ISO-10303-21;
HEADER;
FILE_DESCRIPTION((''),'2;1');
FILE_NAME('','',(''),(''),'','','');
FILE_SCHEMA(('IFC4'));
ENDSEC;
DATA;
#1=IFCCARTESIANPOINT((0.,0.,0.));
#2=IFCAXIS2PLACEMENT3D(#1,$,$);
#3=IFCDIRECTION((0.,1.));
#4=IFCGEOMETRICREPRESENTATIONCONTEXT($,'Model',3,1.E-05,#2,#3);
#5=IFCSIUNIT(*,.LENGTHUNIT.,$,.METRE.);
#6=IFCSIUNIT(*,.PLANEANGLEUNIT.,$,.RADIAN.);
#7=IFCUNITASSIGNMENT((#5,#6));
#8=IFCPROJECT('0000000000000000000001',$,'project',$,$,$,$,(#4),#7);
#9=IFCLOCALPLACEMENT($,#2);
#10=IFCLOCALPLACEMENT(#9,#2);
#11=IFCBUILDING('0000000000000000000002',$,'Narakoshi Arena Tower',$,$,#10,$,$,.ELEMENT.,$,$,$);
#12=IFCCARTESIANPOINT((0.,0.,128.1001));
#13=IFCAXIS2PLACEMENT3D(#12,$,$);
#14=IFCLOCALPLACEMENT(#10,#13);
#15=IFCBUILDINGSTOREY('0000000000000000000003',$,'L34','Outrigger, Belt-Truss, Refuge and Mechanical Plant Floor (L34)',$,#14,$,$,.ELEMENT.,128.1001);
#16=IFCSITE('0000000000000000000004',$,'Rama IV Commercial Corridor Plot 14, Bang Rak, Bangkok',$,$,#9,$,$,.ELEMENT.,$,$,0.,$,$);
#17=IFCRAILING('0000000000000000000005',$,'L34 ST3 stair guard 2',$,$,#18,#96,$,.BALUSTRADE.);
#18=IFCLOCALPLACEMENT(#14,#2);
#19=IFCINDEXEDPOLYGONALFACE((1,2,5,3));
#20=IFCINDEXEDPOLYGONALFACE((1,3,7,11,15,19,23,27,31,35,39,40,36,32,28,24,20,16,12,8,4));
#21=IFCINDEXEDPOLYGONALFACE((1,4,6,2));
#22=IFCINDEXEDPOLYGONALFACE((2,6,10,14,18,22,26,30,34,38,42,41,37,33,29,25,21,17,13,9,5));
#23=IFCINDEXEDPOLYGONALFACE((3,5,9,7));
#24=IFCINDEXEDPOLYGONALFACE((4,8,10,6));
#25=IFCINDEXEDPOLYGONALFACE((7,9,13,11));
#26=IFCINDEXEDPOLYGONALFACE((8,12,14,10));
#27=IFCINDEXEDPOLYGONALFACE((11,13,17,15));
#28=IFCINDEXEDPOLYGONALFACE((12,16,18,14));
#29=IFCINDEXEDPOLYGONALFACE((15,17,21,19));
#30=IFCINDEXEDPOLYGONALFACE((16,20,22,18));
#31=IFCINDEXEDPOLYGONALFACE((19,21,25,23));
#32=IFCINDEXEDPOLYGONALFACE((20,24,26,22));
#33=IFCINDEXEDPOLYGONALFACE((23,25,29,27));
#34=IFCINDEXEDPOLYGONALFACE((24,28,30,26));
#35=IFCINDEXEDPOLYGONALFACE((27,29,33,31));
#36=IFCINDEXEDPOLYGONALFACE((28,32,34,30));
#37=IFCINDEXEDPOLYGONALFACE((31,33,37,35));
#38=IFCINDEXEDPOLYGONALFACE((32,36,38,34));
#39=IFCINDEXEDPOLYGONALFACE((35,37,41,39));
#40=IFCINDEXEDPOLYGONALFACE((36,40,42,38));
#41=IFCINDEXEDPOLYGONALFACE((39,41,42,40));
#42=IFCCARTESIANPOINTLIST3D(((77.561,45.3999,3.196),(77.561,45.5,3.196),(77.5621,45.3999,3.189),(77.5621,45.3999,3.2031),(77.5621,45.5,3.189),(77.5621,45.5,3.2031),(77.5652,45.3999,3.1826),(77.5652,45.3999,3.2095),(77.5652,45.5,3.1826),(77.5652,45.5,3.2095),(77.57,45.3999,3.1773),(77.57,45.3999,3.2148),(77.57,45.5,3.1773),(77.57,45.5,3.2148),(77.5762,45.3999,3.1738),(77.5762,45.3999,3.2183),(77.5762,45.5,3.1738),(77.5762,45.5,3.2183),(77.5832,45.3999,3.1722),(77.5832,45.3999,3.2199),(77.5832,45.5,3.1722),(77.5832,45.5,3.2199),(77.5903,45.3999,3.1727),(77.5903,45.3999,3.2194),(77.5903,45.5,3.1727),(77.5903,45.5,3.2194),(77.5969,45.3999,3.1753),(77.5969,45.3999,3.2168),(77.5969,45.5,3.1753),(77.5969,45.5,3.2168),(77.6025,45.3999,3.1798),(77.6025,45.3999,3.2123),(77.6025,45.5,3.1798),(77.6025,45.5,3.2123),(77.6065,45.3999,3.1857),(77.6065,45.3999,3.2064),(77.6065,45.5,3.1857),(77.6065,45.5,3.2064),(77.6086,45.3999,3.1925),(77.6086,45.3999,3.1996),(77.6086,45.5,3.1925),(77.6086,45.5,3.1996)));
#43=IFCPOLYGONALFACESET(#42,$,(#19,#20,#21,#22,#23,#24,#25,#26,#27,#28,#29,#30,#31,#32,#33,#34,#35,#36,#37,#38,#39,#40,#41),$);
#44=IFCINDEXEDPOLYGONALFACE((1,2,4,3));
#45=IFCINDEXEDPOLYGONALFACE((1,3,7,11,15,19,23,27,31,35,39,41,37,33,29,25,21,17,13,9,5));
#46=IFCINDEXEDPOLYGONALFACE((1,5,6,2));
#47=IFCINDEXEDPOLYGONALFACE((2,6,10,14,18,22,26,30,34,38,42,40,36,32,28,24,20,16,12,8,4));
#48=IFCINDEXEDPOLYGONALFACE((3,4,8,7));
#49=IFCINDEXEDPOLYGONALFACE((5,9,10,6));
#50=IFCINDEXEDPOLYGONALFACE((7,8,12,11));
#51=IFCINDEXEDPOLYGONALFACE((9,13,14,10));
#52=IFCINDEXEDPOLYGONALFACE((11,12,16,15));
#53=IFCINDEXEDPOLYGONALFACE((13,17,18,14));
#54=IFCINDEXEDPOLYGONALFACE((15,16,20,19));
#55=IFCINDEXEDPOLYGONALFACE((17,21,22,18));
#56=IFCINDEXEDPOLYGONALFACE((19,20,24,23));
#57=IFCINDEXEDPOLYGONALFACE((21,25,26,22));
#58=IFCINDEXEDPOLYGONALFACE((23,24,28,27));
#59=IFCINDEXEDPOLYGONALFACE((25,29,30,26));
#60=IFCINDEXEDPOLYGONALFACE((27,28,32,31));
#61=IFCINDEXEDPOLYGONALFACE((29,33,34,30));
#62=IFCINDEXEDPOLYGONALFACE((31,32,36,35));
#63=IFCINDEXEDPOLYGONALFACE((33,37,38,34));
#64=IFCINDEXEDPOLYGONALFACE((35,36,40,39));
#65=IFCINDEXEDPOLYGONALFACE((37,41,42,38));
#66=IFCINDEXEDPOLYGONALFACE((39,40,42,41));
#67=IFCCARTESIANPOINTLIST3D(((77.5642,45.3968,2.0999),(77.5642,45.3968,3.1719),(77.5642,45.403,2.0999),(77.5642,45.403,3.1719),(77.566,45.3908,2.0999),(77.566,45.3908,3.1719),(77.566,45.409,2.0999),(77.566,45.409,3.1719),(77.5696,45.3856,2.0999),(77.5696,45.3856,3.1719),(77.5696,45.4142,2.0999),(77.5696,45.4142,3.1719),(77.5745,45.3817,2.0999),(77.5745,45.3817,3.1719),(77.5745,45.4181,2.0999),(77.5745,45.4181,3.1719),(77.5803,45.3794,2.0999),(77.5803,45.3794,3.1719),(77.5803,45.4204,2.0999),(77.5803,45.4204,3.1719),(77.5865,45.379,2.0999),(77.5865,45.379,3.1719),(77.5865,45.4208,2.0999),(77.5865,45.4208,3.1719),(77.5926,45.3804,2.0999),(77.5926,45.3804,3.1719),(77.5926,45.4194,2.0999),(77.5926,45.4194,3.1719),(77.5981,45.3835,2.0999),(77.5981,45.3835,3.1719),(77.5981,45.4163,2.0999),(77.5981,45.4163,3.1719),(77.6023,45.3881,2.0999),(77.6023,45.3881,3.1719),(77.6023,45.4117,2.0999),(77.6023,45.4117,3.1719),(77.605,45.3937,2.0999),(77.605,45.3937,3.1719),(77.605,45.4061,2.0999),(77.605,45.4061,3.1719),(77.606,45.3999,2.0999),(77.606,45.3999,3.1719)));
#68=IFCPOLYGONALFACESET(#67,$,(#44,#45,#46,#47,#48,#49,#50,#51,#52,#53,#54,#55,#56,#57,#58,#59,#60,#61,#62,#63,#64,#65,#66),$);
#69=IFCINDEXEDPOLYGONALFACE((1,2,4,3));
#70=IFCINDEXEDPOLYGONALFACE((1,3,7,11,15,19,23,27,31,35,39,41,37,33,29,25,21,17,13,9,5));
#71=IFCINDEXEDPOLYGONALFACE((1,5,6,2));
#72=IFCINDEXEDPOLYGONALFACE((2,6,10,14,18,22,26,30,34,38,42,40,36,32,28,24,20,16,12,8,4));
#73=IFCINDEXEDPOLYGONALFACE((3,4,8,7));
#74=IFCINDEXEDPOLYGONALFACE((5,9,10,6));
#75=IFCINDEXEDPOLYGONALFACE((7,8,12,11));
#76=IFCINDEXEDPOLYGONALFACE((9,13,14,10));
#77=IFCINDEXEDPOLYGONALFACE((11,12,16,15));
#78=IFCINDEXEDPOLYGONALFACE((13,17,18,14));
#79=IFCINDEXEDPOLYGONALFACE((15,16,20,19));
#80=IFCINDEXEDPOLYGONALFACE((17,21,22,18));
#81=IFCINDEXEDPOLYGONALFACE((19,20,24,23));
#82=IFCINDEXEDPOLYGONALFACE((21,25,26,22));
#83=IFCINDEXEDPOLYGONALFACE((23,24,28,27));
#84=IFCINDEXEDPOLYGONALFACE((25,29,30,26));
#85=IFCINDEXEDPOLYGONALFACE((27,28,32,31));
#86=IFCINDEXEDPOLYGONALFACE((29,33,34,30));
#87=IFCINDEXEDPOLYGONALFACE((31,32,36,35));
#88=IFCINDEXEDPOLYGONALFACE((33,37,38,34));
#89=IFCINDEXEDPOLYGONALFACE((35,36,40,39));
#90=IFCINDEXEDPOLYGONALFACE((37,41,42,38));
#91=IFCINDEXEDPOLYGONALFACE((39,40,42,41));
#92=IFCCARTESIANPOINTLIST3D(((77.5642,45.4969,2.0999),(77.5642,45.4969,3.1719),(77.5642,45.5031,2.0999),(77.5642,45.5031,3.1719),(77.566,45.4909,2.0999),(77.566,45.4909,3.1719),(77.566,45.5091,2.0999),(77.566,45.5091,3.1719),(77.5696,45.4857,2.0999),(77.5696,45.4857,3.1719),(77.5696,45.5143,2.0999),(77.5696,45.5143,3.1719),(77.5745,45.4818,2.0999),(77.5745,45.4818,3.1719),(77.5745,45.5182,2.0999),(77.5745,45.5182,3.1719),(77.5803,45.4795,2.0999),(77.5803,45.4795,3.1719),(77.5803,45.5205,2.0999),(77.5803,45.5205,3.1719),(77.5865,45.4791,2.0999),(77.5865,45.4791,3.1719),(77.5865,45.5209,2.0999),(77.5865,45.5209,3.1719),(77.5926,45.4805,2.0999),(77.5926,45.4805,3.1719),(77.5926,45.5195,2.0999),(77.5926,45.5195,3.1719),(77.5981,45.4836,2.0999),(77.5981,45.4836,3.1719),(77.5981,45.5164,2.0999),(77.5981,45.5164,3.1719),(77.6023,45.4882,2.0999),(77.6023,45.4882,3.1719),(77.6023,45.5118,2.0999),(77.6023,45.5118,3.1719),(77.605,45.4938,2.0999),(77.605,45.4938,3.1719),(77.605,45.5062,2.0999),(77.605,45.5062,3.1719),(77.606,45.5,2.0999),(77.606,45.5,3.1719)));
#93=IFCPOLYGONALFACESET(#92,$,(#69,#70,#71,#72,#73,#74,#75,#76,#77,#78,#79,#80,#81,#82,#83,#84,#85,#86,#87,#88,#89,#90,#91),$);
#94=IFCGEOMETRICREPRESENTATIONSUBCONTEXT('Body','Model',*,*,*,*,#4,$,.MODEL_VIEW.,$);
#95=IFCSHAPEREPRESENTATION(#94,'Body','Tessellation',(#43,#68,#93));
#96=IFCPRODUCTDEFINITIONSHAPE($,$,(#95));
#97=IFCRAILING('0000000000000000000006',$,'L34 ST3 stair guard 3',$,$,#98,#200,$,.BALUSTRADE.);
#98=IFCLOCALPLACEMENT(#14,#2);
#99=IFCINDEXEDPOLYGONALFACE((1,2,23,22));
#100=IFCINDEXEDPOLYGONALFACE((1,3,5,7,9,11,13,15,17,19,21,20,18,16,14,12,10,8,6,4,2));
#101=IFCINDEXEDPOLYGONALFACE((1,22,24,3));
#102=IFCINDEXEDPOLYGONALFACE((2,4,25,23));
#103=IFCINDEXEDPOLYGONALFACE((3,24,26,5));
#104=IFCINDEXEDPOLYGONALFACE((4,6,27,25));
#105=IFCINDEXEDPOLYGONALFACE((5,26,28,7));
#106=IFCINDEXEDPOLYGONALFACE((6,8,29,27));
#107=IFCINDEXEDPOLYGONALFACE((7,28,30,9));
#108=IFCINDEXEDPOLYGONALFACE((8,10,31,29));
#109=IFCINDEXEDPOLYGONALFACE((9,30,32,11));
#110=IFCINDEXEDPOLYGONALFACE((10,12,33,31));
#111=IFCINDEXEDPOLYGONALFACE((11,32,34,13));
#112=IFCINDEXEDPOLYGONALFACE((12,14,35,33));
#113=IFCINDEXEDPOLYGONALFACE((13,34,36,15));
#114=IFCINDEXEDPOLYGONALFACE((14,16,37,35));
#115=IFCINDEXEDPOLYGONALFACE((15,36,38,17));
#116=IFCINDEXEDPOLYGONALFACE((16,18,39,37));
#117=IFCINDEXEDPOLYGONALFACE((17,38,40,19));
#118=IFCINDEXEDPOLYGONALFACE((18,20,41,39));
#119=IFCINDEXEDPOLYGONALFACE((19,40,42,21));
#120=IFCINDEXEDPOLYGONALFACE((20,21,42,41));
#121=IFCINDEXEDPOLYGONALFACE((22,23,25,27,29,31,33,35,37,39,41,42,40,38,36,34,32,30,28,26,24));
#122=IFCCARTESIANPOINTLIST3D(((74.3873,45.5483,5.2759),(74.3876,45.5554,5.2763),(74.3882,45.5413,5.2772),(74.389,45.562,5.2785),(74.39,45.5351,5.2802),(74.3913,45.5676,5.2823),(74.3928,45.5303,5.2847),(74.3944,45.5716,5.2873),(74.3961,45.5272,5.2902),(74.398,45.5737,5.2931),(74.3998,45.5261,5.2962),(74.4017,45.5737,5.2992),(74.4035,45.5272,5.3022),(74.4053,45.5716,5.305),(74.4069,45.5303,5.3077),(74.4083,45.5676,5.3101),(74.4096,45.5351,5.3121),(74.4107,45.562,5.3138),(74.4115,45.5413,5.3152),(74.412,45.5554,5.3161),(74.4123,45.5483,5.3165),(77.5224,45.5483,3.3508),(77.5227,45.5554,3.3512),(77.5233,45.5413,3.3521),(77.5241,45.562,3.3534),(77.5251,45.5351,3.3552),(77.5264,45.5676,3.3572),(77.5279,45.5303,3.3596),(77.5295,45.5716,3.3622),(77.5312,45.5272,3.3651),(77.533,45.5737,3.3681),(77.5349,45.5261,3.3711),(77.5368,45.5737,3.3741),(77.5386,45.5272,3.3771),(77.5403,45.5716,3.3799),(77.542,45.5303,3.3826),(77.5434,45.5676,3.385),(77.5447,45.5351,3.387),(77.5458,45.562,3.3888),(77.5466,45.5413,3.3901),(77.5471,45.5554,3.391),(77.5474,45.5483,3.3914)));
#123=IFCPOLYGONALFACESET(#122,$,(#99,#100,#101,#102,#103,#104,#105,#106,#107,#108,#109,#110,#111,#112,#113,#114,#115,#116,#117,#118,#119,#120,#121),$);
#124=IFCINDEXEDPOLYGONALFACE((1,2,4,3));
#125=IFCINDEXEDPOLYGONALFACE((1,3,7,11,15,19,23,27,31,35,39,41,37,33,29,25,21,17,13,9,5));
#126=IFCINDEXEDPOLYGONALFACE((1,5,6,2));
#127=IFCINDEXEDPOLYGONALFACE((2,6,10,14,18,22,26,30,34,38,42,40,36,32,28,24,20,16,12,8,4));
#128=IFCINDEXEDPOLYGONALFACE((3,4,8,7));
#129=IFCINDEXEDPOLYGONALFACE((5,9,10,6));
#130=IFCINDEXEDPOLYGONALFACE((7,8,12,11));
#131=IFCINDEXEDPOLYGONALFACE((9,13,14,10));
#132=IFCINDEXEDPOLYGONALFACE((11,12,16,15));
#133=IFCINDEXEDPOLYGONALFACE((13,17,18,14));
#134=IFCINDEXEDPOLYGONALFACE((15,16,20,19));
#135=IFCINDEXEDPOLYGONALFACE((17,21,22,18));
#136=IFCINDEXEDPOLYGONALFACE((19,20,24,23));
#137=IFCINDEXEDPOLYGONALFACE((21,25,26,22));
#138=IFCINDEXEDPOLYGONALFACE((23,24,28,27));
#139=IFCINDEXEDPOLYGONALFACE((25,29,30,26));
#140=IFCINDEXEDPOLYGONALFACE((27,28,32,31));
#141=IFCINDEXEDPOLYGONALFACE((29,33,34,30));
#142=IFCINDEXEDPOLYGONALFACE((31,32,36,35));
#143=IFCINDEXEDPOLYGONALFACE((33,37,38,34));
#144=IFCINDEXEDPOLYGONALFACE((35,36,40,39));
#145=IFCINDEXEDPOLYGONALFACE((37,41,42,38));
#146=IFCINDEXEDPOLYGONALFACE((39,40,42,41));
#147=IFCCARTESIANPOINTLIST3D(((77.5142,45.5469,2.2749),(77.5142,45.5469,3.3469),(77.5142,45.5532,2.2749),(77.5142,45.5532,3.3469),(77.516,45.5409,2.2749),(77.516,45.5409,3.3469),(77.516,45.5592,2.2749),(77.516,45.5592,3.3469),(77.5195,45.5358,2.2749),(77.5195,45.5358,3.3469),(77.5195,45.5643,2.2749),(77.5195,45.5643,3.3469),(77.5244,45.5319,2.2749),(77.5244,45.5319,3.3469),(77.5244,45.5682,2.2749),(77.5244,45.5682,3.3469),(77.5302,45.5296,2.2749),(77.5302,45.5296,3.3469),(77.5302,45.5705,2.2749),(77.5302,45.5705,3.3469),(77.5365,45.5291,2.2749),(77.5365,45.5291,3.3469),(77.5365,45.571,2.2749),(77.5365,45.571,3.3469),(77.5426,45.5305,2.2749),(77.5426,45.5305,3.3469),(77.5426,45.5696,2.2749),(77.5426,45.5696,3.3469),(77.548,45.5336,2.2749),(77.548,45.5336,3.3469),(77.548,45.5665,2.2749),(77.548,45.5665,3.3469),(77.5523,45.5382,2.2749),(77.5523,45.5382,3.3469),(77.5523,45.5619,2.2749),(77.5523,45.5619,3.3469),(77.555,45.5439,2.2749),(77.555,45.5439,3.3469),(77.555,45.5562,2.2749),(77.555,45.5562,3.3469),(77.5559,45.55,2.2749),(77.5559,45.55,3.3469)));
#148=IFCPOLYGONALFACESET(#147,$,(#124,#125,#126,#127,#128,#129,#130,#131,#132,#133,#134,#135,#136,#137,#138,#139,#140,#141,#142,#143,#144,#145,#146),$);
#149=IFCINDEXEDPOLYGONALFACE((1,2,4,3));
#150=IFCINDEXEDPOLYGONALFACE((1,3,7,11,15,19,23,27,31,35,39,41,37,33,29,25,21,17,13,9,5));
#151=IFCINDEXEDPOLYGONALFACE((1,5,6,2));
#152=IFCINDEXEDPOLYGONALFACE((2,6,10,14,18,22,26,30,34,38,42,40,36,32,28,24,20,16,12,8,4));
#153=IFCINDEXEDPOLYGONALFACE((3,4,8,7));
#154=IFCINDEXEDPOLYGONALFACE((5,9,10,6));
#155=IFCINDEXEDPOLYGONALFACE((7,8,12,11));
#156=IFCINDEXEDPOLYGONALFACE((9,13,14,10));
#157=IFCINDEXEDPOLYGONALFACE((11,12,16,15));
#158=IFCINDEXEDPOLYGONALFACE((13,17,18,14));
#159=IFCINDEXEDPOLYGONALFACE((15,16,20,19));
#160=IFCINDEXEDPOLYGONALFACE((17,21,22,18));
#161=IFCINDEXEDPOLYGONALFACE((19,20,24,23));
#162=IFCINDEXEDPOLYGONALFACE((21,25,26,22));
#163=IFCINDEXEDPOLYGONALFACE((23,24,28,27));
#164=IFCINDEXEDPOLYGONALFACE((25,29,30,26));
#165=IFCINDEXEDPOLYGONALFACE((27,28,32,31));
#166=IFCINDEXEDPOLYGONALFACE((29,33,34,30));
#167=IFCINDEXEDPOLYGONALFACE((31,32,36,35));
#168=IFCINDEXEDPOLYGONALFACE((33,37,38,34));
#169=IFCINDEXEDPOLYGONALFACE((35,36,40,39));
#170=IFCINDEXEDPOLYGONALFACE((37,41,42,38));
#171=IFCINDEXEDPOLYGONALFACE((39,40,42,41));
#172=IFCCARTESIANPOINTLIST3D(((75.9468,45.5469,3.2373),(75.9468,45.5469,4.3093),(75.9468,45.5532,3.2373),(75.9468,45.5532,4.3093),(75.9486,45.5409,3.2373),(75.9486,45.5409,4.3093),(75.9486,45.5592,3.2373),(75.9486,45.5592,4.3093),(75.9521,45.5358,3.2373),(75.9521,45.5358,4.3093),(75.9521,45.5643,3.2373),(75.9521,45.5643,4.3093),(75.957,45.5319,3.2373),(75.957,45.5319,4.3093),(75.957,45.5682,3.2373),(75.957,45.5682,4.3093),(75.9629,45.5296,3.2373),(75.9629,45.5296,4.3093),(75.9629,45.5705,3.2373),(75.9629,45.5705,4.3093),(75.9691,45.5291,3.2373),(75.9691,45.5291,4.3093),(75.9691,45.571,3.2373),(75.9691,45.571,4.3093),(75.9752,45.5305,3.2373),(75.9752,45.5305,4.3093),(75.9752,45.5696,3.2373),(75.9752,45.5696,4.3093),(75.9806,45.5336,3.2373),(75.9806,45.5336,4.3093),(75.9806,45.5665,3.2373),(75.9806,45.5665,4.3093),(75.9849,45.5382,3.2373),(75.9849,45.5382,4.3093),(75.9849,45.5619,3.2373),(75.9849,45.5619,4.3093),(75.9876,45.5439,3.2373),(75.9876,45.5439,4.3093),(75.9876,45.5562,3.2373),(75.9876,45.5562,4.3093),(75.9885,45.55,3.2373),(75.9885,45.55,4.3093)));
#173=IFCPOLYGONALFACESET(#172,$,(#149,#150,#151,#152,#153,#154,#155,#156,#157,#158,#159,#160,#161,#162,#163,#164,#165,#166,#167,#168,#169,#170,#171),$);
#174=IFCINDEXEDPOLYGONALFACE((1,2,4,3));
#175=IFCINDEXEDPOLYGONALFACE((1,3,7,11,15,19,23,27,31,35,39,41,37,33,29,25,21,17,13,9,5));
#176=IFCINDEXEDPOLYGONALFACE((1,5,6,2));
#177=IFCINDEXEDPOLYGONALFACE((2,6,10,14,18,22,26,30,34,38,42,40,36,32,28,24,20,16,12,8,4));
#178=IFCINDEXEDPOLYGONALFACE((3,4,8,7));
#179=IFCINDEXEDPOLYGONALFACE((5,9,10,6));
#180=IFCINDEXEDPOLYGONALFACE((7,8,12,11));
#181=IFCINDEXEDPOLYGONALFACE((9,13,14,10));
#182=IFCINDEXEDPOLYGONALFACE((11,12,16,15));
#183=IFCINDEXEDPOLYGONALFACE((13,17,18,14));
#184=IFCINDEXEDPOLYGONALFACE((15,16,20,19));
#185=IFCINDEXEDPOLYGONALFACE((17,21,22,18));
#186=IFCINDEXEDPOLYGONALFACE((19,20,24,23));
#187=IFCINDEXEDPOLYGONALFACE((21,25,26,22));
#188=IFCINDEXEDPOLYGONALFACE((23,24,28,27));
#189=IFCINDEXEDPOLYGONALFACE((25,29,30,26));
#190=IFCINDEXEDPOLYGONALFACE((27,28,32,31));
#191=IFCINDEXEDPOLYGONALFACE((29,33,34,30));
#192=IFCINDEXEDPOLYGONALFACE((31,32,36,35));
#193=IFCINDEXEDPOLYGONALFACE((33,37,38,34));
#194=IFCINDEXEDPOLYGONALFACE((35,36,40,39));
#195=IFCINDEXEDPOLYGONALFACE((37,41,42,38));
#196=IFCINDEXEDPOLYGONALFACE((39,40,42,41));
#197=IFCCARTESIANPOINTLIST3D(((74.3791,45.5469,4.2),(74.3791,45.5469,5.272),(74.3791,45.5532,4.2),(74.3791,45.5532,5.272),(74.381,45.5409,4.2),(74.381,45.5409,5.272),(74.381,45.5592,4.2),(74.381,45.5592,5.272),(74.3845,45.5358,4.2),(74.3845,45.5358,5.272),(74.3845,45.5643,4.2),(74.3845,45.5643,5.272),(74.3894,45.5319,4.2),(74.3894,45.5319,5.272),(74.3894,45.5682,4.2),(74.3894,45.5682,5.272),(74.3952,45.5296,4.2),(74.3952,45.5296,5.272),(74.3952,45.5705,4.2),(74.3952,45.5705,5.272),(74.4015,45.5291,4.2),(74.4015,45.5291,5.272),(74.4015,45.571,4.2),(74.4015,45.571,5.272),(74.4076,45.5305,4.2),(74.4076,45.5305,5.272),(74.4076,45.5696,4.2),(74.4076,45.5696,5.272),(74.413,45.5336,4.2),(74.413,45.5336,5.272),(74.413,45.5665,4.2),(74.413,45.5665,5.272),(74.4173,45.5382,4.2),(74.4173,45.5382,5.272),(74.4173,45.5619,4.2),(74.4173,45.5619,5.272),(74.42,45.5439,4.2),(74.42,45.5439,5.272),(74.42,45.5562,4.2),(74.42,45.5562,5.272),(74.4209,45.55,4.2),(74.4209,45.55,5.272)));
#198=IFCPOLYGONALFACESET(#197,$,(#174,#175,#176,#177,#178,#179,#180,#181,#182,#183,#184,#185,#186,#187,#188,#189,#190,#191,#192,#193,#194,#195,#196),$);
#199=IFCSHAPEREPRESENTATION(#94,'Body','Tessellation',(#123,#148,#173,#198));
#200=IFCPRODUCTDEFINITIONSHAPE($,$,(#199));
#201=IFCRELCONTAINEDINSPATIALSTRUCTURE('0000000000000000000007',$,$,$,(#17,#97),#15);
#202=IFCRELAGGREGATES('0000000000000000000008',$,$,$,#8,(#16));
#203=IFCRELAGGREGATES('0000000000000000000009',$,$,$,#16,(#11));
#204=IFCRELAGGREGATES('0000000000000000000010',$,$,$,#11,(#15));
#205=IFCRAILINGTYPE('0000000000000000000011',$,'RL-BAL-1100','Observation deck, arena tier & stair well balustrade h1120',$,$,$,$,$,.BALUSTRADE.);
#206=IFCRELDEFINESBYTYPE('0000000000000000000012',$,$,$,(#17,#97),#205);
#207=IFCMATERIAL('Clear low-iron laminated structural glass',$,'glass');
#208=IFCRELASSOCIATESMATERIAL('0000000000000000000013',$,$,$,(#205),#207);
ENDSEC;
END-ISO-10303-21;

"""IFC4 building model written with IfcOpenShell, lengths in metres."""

from ifc_helpers import new_model, si_unit, direction, frame, origin, origin_2d, place, context, subcontext, project, spatial, circle, extrude, material, type_object, element, save


model = new_model("IFC4")

# Units and contexts
model_context = context("Model", 3, precision=1e-05, world=origin(), true_north=direction((0.0, 1.0)))
body_context = subcontext(model_context, "Body", "Model", "MODEL_VIEW")
ifc_project = project(units=[si_unit("LENGTHUNIT", "METRE"), si_unit("PLANEANGLEUNIT", "RADIAN")], contexts=[model_context])

# Site, building, storey
site_placement = place(None, origin())
site = spatial("IfcSite", under=ifc_project, at=site_placement, Name="Rama IV Commercial Corridor Plot 14, Bang Rak, Bangkok", CompositionType="ELEMENT", RefElevation=0.0)
building_placement = place(site_placement, origin())
building = spatial("IfcBuilding", under=site, at=building_placement, Name="Narakoshi Arena Tower", CompositionType="ELEMENT")
storey_placement = place(building_placement, frame((0.0, 0.0, 128.1001)))
storey = spatial("IfcBuildingStorey", under=building, at=storey_placement, Name="L34", Description="Outrigger, Belt-Truss, Refuge and Mechanical Plant Floor (L34)", CompositionType="ELEMENT", Elevation=128.1001)

# Railings
ifc_material_1 = material(Name="Clear low-iron laminated structural glass", Category="glass")
railing_type_1 = type_object("IfcRailingType", Name="RL-BAL-1100", Description="Observation deck, arena tier & stair well balustrade h1120", PredefinedType="BALUSTRADE", material=ifc_material_1)
railing_1_placement = place(storey_placement, frame((77.585, 45.3999, 2.0999)))
element("IfcRailing", 1, at=railing_1_placement, inside=storey, type_object=railing_type_1, Name="L34 ST3 stair guard 2", PredefinedType="BALUSTRADE", context=body_context, shape_type="SweptSolid", body=[
    extrude(circle(Radius=0.0239, at=origin_2d()), frame((0.0, 0.0, 1.0962), z_axis=(0.0, 1.0, 0.0), x_axis=(-1.0, 0.0, 0.0)), (0.0, 0.0, 1.0), 0.1001),
    extrude(circle(Radius=0.021, at=origin_2d()), origin(), (0.0, 0.0, 1.0), 1.072),
    extrude(circle(Radius=0.021, at=origin_2d()), frame((0.0, 0.1001, 0.0)), (0.0, 0.0, 1.0), 1.072),
])
railing_2_placement = place(storey_placement, frame((77.5349, 45.55, 2.2749)))
element("IfcRailing", 2, at=railing_2_placement, inside=storey, type_object=railing_type_1, Name="L34 ST3 stair guard 3", PredefinedType="BALUSTRADE", context=body_context, shape_type="SweptSolid", body=[
    extrude(circle(Radius=0.0239, at=origin_2d()), frame((0.0, 0.0, 1.0962), z_axis=(-0.852166, 0.0, 0.523271), x_axis=(0.0, -1.0, 0.0)), (0.0, 0.0, 1.0), 3.679),
    extrude(circle(Radius=0.021, at=origin_2d()), origin(), (0.0, 0.0, 1.0), 1.072),
    extrude(circle(Radius=0.021, at=origin_2d()), frame((-1.5674, 0.0, 0.9624)), (0.0, 0.0, 1.0), 1.072),
    extrude(circle(Radius=0.021, at=origin_2d()), frame((-3.135, 0.0, 1.925)), (0.0, 0.0, 1.0), 1.072),
])

save(model, "model.ifc")
